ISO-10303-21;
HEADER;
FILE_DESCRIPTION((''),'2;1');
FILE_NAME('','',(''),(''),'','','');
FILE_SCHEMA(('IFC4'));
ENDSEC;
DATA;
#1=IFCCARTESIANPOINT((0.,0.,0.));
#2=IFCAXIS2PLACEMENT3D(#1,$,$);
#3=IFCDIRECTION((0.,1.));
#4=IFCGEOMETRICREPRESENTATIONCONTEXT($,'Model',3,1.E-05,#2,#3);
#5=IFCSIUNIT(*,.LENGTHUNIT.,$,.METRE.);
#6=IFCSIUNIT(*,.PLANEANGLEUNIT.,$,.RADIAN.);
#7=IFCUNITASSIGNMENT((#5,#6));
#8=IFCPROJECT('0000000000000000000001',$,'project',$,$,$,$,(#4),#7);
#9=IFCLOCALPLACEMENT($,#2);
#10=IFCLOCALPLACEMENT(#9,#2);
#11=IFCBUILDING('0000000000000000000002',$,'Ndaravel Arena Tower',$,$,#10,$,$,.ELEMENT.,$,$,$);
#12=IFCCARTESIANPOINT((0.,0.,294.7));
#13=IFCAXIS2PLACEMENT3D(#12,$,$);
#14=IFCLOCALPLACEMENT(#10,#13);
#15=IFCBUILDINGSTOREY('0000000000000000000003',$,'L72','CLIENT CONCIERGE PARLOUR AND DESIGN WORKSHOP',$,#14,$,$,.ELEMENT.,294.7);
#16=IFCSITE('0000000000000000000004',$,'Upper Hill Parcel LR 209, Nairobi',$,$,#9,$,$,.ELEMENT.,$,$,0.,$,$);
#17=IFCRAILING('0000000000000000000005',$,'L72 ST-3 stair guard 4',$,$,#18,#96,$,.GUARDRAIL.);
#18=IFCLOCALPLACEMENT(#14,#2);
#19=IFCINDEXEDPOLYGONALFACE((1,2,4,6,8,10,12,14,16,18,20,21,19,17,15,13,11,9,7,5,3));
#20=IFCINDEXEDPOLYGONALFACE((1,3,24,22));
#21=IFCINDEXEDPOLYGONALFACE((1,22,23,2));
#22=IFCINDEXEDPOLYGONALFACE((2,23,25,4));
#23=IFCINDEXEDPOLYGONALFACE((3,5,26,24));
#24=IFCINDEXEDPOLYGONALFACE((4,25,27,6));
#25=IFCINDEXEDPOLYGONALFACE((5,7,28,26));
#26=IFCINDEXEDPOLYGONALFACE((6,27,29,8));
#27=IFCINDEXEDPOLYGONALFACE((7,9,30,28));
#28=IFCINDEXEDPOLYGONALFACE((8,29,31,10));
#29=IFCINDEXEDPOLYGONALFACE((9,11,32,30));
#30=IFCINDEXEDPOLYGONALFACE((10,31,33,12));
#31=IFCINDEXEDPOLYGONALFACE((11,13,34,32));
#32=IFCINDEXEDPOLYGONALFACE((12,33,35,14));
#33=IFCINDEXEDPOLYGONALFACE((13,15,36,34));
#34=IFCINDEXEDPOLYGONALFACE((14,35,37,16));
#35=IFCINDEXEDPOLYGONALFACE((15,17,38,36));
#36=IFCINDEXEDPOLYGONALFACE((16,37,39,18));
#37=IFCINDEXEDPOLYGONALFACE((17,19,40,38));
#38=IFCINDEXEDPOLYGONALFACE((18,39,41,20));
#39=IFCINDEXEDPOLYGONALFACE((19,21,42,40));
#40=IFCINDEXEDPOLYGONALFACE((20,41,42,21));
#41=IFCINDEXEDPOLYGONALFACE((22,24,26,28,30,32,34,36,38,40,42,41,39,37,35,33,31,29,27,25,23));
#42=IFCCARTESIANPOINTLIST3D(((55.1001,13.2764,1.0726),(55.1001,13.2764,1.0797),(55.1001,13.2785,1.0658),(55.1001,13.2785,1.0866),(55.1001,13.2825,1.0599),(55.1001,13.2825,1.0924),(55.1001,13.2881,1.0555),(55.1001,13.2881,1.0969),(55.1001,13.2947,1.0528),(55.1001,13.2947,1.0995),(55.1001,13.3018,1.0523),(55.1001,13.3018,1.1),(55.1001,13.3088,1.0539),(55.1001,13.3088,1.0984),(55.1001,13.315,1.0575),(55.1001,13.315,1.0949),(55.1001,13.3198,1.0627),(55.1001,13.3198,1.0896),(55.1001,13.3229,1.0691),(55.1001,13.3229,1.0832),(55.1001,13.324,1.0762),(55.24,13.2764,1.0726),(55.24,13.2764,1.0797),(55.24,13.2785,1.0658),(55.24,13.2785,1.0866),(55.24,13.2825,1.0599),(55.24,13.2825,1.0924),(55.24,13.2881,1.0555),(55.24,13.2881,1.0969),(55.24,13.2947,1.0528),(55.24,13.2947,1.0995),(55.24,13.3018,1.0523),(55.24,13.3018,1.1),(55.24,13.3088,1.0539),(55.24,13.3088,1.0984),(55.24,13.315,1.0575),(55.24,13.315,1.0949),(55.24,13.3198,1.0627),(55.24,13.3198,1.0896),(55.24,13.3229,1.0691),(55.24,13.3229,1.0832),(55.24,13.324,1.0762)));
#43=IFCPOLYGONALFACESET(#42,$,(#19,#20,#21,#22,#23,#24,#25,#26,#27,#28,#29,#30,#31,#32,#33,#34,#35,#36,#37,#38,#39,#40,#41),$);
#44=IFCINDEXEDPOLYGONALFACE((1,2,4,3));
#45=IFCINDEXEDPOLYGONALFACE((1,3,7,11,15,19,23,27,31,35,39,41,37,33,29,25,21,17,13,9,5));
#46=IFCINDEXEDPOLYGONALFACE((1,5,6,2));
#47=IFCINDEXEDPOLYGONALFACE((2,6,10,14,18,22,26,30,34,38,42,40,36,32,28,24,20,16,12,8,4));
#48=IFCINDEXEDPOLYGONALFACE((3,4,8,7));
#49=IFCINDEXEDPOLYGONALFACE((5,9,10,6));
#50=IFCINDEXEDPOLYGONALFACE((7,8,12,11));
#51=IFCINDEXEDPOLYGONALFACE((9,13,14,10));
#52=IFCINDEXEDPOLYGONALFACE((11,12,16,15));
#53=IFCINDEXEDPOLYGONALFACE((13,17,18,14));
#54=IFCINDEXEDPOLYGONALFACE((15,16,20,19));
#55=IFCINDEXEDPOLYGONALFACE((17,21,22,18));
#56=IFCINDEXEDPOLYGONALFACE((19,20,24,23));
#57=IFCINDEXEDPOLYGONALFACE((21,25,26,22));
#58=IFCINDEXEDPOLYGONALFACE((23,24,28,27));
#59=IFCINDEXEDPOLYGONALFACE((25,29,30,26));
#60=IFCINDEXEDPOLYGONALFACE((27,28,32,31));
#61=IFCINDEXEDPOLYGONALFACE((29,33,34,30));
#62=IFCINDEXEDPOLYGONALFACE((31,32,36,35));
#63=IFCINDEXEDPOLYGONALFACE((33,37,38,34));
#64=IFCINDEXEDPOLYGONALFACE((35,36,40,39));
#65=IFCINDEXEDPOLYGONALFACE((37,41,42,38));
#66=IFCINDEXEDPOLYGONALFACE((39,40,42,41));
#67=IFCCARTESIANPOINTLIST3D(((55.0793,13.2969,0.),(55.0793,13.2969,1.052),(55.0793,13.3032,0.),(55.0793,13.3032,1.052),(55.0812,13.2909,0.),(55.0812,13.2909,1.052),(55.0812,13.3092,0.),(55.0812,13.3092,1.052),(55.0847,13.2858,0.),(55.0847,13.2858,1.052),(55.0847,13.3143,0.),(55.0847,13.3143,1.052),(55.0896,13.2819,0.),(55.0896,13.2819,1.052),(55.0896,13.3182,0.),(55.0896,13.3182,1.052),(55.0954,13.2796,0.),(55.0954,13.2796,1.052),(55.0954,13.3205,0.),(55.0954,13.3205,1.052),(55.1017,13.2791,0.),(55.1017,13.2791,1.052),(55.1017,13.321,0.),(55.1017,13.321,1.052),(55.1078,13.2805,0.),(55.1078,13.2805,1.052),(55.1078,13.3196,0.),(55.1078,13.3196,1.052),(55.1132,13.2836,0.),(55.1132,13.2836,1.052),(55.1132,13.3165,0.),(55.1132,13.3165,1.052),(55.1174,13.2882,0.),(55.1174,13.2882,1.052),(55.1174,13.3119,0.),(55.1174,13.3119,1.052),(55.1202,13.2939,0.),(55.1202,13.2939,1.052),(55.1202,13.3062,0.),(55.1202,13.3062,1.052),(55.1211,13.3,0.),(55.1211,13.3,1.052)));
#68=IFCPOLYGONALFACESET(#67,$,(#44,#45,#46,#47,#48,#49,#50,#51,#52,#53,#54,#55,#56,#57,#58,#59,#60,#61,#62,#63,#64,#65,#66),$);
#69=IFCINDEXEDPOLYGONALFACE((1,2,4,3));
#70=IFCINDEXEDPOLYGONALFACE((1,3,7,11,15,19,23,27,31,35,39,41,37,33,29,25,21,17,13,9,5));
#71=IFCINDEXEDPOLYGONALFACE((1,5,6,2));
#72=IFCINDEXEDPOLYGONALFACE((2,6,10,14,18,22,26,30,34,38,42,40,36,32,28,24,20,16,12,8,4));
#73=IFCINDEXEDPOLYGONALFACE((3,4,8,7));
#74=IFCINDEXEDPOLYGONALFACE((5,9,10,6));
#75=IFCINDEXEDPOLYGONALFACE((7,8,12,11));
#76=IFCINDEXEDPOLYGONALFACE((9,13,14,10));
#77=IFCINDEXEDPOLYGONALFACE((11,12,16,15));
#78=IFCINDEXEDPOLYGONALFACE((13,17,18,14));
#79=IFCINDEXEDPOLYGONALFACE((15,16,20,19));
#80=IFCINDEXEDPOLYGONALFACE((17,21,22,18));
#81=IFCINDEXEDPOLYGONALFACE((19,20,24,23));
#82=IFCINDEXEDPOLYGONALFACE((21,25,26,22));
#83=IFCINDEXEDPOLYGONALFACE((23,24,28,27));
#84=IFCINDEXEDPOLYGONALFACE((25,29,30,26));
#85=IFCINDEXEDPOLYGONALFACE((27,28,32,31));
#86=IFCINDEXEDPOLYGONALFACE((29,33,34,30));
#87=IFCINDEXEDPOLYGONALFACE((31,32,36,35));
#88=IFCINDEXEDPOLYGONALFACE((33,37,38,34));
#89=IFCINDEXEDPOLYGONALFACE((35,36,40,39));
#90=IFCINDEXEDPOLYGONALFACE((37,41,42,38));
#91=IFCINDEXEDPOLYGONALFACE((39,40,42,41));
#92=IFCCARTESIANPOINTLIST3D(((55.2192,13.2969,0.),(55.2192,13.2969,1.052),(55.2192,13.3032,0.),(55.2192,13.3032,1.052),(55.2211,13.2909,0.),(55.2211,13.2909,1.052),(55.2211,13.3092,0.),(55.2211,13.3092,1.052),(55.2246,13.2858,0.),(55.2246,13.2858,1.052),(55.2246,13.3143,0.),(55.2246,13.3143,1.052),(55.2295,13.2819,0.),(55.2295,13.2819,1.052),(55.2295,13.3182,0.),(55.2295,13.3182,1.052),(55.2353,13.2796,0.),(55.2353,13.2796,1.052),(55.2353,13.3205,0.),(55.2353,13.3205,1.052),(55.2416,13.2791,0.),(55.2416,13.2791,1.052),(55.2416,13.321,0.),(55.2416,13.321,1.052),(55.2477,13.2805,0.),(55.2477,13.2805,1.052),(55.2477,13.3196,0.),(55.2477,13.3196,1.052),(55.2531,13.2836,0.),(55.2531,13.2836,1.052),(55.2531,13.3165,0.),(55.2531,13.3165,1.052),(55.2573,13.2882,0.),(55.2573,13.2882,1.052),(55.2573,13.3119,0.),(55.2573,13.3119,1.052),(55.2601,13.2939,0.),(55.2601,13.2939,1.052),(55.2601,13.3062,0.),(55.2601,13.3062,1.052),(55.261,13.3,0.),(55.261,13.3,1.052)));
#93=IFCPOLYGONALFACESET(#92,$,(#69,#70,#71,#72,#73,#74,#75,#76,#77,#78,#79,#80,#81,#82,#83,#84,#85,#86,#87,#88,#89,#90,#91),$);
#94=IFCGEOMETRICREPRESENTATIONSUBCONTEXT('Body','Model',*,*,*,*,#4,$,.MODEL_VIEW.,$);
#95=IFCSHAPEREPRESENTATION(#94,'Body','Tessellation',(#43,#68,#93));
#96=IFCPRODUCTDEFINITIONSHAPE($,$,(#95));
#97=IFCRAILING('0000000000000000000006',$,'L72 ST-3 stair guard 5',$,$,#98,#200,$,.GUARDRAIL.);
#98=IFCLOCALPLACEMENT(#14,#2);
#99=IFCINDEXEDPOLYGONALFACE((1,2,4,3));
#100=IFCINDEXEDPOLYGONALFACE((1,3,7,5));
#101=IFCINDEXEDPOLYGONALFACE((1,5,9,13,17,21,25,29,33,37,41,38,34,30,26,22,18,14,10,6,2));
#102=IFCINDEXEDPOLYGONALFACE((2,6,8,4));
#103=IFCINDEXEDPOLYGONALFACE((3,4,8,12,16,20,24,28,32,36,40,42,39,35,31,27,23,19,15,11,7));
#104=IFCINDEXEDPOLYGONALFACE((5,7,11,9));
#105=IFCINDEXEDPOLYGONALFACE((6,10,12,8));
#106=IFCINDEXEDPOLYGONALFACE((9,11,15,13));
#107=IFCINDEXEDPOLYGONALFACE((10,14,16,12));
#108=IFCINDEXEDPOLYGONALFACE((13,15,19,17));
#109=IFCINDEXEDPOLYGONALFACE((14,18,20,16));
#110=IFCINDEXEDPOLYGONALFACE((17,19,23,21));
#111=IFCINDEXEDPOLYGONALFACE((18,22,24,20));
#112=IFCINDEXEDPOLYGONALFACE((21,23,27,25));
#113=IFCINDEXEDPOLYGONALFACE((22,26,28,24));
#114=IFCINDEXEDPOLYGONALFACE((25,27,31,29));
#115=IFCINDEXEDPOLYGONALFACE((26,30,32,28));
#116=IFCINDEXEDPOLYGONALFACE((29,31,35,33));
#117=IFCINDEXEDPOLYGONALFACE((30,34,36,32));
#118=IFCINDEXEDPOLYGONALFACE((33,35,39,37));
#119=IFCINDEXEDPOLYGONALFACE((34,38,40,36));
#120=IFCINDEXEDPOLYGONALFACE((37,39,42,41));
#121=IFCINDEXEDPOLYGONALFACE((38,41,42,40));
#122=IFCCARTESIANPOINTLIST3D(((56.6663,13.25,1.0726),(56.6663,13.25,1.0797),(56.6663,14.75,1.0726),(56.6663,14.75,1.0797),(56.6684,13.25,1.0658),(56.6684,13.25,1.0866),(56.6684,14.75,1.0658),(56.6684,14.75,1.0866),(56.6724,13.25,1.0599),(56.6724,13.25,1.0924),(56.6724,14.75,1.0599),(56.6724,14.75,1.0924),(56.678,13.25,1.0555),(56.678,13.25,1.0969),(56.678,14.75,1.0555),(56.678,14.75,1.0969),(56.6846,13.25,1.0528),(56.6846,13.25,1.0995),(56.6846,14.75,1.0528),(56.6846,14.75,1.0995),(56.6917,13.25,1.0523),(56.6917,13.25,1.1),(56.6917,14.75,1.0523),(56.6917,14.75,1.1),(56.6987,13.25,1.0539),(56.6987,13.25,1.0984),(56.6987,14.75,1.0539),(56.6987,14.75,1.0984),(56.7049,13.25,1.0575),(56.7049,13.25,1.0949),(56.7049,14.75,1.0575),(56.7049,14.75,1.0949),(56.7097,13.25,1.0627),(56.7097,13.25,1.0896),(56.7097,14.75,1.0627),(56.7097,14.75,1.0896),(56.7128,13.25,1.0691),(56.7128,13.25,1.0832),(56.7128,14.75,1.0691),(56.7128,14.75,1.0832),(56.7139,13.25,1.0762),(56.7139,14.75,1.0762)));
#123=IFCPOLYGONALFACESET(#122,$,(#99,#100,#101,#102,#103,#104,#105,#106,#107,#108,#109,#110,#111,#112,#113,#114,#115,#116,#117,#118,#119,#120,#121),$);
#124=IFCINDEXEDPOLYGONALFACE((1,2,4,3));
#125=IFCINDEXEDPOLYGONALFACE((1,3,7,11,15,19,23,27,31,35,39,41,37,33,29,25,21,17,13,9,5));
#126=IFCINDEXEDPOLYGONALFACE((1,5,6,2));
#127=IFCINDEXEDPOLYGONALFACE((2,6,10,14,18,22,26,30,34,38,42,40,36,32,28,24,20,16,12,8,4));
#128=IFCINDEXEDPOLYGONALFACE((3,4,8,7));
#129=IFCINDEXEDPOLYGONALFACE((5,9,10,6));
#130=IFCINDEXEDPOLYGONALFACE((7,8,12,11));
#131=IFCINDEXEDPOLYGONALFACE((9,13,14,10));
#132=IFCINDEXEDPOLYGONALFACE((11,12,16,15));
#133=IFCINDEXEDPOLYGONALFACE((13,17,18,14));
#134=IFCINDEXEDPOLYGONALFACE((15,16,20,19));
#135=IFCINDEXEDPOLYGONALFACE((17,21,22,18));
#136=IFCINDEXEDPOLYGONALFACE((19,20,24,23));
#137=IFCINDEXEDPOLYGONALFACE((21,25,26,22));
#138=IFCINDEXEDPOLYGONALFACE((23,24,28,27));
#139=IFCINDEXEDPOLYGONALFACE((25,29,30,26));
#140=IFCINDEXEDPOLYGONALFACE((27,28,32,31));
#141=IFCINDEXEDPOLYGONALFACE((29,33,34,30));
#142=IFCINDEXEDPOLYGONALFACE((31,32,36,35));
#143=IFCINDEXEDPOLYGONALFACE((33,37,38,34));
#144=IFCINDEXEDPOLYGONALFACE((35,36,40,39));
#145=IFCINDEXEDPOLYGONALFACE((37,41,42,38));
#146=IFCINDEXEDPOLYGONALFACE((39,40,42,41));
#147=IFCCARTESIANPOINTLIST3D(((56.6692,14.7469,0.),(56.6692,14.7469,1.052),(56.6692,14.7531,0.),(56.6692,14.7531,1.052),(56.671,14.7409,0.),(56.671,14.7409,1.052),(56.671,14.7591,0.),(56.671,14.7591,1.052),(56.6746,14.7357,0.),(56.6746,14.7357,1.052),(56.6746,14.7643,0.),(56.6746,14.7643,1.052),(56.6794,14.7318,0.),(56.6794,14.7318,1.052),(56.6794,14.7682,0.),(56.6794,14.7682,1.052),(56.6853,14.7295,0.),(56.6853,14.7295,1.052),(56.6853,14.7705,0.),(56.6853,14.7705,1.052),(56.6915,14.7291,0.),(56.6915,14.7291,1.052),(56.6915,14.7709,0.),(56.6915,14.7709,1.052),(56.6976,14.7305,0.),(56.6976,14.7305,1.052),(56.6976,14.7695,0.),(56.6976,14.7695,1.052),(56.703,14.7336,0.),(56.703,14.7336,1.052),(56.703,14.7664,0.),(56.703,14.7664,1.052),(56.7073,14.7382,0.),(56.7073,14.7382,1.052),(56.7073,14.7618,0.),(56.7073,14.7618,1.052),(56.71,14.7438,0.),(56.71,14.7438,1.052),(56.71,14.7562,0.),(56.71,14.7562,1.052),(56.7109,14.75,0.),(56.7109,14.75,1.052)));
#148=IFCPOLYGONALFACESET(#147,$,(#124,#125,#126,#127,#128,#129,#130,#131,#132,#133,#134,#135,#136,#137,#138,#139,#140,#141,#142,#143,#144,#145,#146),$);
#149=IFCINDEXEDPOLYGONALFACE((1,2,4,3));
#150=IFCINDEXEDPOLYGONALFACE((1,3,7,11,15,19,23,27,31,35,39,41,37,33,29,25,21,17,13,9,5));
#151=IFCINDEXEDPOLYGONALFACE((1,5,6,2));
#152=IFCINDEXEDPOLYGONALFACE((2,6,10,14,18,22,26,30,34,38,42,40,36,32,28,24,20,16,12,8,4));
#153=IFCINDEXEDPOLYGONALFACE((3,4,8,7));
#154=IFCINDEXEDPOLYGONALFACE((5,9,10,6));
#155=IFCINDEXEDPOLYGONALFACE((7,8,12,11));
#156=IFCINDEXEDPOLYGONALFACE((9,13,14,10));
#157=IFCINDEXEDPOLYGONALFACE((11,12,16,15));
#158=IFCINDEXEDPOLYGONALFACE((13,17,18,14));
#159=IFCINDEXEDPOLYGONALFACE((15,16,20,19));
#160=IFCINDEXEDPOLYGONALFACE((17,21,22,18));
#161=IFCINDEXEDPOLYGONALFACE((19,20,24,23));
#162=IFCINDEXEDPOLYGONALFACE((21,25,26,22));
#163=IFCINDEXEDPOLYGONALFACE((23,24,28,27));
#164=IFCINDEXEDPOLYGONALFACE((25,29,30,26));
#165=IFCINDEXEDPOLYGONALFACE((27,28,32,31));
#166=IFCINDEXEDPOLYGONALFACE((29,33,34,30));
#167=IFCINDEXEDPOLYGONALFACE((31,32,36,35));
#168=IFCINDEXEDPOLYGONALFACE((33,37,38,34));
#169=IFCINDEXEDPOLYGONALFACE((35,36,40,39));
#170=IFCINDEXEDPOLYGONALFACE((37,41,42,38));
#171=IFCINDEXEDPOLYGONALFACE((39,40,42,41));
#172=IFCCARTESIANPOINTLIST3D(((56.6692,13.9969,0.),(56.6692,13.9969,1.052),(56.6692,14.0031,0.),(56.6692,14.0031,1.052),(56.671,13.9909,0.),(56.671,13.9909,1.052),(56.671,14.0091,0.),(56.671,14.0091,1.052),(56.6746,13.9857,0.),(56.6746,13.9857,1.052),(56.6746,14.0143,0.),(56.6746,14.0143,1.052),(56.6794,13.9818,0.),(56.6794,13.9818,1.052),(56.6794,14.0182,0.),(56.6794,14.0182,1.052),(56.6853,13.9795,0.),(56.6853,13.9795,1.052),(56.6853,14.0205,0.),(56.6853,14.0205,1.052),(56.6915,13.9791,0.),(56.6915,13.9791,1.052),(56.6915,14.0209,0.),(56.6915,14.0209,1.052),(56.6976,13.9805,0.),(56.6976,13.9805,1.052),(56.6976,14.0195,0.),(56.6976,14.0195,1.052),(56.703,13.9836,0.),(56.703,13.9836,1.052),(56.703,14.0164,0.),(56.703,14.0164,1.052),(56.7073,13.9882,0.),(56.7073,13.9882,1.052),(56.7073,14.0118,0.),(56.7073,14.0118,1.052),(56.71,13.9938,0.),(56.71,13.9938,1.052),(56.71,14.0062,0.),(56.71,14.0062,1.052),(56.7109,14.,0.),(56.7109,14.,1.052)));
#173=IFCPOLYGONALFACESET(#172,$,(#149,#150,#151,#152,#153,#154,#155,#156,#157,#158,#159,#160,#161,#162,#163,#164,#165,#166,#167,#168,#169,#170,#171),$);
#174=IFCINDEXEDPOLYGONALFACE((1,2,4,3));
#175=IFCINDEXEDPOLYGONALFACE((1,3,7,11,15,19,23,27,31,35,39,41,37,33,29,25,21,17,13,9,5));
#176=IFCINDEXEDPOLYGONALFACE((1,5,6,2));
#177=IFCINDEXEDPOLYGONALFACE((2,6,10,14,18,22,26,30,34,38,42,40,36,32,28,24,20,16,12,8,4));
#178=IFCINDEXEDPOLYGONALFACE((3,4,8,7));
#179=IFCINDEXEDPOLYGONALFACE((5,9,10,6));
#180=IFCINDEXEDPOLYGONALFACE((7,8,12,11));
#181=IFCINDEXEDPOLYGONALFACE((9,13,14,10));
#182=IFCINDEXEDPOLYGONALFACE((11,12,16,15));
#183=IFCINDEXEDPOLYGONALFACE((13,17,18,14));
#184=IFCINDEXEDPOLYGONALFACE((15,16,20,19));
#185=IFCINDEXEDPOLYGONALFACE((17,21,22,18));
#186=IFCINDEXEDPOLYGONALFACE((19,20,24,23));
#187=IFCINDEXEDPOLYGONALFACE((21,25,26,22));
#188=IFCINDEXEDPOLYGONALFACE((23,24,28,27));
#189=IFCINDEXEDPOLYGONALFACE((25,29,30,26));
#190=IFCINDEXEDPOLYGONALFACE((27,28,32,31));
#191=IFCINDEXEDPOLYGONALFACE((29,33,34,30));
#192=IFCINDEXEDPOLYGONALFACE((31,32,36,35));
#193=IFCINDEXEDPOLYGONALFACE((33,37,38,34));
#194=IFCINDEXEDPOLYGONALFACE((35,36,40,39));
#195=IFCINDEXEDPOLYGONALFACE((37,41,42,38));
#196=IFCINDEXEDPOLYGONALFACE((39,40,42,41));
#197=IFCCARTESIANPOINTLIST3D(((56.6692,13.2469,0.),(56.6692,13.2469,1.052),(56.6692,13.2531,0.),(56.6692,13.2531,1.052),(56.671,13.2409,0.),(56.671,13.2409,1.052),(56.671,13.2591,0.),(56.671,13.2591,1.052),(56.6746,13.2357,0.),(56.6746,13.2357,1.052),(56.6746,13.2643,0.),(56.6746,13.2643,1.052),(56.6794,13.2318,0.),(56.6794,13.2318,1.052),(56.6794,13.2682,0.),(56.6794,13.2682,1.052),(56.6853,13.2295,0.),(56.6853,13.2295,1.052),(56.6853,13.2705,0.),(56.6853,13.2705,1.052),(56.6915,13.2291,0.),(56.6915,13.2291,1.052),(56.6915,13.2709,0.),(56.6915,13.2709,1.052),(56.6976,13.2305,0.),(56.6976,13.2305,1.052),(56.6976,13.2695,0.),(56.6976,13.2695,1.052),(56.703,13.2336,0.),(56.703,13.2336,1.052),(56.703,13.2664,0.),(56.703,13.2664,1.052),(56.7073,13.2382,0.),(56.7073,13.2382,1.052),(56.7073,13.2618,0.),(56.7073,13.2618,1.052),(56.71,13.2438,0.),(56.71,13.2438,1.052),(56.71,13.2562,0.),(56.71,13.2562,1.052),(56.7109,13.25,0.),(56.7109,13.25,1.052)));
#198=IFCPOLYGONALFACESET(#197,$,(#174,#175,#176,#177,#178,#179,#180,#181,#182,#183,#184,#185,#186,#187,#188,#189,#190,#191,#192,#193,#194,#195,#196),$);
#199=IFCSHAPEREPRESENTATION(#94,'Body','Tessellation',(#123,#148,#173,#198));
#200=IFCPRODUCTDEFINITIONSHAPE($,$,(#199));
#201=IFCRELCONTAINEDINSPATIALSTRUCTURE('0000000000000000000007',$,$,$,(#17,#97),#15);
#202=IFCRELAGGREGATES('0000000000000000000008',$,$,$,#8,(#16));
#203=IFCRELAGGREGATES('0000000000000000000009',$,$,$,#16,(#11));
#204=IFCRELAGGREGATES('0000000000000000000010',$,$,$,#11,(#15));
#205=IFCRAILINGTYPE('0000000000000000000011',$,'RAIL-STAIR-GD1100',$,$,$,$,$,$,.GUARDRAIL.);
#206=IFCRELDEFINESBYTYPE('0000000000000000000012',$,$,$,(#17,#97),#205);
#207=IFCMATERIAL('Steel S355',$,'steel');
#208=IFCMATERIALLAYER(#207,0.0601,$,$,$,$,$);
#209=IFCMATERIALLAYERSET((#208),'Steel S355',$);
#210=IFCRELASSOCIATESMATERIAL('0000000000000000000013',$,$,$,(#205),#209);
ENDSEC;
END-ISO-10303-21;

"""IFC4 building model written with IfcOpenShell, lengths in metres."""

from ifc_helpers import new_model, si_unit, direction, frame, origin, origin_2d, place, context, subcontext, project, spatial, circle, extrude, material, layer, layer_set, type_object, element, save


model = new_model("IFC4")

# Units and contexts
model_context = context("Model", 3, precision=1e-05, world=origin(), true_north=direction((0.0, 1.0)))
body_context = subcontext(model_context, "Body", "Model", "MODEL_VIEW")
ifc_project = project(units=[si_unit("LENGTHUNIT", "METRE"), si_unit("PLANEANGLEUNIT", "RADIAN")], contexts=[model_context])

# Site, building, storey
site_placement = place(None, origin())
site = spatial("IfcSite", under=ifc_project, at=site_placement, Name="Upper Hill Parcel LR 209, Nairobi", CompositionType="ELEMENT", RefElevation=0.0)
building_placement = place(site_placement, origin())
building = spatial("IfcBuilding", under=site, at=building_placement, Name="Ndaravel Arena Tower", CompositionType="ELEMENT")
storey_placement = place(building_placement, frame((0.0, 0.0, 294.7)))
storey = spatial("IfcBuildingStorey", under=building, at=storey_placement, Name="L72", Description="CLIENT CONCIERGE PARLOUR AND DESIGN WORKSHOP", CompositionType="ELEMENT", Elevation=294.7)

# Railings
ifc_material_1 = material(Name="Steel S355", Category="steel")
ifc_layer_1 = layer(ifc_material_1, 0.0601)
ifc_layer_set_1 = layer_set([ifc_layer_1], Name="Steel S355")
railing_type_1 = type_object("IfcRailingType", Name="RAIL-STAIR-GD1100", PredefinedType="GUARDRAIL", material=ifc_layer_set_1)
railing_1_placement = place(storey_placement, frame((55.1001, 13.3, 0.0)))
element("IfcRailing", 1, at=railing_1_placement, inside=storey, type_object=railing_type_1, Name="L72 ST-3 stair guard 4", PredefinedType="GUARDRAIL", context=body_context, shape_type="SweptSolid", body=[
    extrude(circle(Radius=0.0239, at=origin_2d()), frame((0.0, 0.0, 1.0762), z_axis=(1.0, 0.0, 0.0), x_axis=(0.0, 1.0, 0.0)), (0.0, 0.0, 1.0), 0.1399),
    extrude(circle(Radius=0.021, at=origin_2d()), origin(), (0.0, 0.0, 1.0), 1.052),
    extrude(circle(Radius=0.021, at=origin_2d()), frame((0.1399, 0.0, 0.0)), (0.0, 0.0, 1.0), 1.052),
])
railing_2_placement = place(storey_placement, frame((56.6899, 14.75, 0.0)))
element("IfcRailing", 2, at=railing_2_placement, inside=storey, type_object=railing_type_1, Name="L72 ST-3 stair guard 5", PredefinedType="GUARDRAIL", context=body_context, shape_type="SweptSolid", body=[
    extrude(circle(Radius=0.0239, at=origin_2d()), frame((0.0, 0.0, 1.0762), z_axis=(0.0, -1.0, 0.0), x_axis=(1.0, 0.0, 0.0)), (0.0, 0.0, 1.0), 1.5),
    extrude(circle(Radius=0.021, at=origin_2d()), origin(), (0.0, 0.0, 1.0), 1.052),
    extrude(circle(Radius=0.021, at=origin_2d()), frame((0.0, -0.75, 0.0)), (0.0, 0.0, 1.0), 1.052),
    extrude(circle(Radius=0.021, at=origin_2d()), frame((0.0, -1.5, 0.0)), (0.0, 0.0, 1.0), 1.052),
])

save(model, "model.ifc")
